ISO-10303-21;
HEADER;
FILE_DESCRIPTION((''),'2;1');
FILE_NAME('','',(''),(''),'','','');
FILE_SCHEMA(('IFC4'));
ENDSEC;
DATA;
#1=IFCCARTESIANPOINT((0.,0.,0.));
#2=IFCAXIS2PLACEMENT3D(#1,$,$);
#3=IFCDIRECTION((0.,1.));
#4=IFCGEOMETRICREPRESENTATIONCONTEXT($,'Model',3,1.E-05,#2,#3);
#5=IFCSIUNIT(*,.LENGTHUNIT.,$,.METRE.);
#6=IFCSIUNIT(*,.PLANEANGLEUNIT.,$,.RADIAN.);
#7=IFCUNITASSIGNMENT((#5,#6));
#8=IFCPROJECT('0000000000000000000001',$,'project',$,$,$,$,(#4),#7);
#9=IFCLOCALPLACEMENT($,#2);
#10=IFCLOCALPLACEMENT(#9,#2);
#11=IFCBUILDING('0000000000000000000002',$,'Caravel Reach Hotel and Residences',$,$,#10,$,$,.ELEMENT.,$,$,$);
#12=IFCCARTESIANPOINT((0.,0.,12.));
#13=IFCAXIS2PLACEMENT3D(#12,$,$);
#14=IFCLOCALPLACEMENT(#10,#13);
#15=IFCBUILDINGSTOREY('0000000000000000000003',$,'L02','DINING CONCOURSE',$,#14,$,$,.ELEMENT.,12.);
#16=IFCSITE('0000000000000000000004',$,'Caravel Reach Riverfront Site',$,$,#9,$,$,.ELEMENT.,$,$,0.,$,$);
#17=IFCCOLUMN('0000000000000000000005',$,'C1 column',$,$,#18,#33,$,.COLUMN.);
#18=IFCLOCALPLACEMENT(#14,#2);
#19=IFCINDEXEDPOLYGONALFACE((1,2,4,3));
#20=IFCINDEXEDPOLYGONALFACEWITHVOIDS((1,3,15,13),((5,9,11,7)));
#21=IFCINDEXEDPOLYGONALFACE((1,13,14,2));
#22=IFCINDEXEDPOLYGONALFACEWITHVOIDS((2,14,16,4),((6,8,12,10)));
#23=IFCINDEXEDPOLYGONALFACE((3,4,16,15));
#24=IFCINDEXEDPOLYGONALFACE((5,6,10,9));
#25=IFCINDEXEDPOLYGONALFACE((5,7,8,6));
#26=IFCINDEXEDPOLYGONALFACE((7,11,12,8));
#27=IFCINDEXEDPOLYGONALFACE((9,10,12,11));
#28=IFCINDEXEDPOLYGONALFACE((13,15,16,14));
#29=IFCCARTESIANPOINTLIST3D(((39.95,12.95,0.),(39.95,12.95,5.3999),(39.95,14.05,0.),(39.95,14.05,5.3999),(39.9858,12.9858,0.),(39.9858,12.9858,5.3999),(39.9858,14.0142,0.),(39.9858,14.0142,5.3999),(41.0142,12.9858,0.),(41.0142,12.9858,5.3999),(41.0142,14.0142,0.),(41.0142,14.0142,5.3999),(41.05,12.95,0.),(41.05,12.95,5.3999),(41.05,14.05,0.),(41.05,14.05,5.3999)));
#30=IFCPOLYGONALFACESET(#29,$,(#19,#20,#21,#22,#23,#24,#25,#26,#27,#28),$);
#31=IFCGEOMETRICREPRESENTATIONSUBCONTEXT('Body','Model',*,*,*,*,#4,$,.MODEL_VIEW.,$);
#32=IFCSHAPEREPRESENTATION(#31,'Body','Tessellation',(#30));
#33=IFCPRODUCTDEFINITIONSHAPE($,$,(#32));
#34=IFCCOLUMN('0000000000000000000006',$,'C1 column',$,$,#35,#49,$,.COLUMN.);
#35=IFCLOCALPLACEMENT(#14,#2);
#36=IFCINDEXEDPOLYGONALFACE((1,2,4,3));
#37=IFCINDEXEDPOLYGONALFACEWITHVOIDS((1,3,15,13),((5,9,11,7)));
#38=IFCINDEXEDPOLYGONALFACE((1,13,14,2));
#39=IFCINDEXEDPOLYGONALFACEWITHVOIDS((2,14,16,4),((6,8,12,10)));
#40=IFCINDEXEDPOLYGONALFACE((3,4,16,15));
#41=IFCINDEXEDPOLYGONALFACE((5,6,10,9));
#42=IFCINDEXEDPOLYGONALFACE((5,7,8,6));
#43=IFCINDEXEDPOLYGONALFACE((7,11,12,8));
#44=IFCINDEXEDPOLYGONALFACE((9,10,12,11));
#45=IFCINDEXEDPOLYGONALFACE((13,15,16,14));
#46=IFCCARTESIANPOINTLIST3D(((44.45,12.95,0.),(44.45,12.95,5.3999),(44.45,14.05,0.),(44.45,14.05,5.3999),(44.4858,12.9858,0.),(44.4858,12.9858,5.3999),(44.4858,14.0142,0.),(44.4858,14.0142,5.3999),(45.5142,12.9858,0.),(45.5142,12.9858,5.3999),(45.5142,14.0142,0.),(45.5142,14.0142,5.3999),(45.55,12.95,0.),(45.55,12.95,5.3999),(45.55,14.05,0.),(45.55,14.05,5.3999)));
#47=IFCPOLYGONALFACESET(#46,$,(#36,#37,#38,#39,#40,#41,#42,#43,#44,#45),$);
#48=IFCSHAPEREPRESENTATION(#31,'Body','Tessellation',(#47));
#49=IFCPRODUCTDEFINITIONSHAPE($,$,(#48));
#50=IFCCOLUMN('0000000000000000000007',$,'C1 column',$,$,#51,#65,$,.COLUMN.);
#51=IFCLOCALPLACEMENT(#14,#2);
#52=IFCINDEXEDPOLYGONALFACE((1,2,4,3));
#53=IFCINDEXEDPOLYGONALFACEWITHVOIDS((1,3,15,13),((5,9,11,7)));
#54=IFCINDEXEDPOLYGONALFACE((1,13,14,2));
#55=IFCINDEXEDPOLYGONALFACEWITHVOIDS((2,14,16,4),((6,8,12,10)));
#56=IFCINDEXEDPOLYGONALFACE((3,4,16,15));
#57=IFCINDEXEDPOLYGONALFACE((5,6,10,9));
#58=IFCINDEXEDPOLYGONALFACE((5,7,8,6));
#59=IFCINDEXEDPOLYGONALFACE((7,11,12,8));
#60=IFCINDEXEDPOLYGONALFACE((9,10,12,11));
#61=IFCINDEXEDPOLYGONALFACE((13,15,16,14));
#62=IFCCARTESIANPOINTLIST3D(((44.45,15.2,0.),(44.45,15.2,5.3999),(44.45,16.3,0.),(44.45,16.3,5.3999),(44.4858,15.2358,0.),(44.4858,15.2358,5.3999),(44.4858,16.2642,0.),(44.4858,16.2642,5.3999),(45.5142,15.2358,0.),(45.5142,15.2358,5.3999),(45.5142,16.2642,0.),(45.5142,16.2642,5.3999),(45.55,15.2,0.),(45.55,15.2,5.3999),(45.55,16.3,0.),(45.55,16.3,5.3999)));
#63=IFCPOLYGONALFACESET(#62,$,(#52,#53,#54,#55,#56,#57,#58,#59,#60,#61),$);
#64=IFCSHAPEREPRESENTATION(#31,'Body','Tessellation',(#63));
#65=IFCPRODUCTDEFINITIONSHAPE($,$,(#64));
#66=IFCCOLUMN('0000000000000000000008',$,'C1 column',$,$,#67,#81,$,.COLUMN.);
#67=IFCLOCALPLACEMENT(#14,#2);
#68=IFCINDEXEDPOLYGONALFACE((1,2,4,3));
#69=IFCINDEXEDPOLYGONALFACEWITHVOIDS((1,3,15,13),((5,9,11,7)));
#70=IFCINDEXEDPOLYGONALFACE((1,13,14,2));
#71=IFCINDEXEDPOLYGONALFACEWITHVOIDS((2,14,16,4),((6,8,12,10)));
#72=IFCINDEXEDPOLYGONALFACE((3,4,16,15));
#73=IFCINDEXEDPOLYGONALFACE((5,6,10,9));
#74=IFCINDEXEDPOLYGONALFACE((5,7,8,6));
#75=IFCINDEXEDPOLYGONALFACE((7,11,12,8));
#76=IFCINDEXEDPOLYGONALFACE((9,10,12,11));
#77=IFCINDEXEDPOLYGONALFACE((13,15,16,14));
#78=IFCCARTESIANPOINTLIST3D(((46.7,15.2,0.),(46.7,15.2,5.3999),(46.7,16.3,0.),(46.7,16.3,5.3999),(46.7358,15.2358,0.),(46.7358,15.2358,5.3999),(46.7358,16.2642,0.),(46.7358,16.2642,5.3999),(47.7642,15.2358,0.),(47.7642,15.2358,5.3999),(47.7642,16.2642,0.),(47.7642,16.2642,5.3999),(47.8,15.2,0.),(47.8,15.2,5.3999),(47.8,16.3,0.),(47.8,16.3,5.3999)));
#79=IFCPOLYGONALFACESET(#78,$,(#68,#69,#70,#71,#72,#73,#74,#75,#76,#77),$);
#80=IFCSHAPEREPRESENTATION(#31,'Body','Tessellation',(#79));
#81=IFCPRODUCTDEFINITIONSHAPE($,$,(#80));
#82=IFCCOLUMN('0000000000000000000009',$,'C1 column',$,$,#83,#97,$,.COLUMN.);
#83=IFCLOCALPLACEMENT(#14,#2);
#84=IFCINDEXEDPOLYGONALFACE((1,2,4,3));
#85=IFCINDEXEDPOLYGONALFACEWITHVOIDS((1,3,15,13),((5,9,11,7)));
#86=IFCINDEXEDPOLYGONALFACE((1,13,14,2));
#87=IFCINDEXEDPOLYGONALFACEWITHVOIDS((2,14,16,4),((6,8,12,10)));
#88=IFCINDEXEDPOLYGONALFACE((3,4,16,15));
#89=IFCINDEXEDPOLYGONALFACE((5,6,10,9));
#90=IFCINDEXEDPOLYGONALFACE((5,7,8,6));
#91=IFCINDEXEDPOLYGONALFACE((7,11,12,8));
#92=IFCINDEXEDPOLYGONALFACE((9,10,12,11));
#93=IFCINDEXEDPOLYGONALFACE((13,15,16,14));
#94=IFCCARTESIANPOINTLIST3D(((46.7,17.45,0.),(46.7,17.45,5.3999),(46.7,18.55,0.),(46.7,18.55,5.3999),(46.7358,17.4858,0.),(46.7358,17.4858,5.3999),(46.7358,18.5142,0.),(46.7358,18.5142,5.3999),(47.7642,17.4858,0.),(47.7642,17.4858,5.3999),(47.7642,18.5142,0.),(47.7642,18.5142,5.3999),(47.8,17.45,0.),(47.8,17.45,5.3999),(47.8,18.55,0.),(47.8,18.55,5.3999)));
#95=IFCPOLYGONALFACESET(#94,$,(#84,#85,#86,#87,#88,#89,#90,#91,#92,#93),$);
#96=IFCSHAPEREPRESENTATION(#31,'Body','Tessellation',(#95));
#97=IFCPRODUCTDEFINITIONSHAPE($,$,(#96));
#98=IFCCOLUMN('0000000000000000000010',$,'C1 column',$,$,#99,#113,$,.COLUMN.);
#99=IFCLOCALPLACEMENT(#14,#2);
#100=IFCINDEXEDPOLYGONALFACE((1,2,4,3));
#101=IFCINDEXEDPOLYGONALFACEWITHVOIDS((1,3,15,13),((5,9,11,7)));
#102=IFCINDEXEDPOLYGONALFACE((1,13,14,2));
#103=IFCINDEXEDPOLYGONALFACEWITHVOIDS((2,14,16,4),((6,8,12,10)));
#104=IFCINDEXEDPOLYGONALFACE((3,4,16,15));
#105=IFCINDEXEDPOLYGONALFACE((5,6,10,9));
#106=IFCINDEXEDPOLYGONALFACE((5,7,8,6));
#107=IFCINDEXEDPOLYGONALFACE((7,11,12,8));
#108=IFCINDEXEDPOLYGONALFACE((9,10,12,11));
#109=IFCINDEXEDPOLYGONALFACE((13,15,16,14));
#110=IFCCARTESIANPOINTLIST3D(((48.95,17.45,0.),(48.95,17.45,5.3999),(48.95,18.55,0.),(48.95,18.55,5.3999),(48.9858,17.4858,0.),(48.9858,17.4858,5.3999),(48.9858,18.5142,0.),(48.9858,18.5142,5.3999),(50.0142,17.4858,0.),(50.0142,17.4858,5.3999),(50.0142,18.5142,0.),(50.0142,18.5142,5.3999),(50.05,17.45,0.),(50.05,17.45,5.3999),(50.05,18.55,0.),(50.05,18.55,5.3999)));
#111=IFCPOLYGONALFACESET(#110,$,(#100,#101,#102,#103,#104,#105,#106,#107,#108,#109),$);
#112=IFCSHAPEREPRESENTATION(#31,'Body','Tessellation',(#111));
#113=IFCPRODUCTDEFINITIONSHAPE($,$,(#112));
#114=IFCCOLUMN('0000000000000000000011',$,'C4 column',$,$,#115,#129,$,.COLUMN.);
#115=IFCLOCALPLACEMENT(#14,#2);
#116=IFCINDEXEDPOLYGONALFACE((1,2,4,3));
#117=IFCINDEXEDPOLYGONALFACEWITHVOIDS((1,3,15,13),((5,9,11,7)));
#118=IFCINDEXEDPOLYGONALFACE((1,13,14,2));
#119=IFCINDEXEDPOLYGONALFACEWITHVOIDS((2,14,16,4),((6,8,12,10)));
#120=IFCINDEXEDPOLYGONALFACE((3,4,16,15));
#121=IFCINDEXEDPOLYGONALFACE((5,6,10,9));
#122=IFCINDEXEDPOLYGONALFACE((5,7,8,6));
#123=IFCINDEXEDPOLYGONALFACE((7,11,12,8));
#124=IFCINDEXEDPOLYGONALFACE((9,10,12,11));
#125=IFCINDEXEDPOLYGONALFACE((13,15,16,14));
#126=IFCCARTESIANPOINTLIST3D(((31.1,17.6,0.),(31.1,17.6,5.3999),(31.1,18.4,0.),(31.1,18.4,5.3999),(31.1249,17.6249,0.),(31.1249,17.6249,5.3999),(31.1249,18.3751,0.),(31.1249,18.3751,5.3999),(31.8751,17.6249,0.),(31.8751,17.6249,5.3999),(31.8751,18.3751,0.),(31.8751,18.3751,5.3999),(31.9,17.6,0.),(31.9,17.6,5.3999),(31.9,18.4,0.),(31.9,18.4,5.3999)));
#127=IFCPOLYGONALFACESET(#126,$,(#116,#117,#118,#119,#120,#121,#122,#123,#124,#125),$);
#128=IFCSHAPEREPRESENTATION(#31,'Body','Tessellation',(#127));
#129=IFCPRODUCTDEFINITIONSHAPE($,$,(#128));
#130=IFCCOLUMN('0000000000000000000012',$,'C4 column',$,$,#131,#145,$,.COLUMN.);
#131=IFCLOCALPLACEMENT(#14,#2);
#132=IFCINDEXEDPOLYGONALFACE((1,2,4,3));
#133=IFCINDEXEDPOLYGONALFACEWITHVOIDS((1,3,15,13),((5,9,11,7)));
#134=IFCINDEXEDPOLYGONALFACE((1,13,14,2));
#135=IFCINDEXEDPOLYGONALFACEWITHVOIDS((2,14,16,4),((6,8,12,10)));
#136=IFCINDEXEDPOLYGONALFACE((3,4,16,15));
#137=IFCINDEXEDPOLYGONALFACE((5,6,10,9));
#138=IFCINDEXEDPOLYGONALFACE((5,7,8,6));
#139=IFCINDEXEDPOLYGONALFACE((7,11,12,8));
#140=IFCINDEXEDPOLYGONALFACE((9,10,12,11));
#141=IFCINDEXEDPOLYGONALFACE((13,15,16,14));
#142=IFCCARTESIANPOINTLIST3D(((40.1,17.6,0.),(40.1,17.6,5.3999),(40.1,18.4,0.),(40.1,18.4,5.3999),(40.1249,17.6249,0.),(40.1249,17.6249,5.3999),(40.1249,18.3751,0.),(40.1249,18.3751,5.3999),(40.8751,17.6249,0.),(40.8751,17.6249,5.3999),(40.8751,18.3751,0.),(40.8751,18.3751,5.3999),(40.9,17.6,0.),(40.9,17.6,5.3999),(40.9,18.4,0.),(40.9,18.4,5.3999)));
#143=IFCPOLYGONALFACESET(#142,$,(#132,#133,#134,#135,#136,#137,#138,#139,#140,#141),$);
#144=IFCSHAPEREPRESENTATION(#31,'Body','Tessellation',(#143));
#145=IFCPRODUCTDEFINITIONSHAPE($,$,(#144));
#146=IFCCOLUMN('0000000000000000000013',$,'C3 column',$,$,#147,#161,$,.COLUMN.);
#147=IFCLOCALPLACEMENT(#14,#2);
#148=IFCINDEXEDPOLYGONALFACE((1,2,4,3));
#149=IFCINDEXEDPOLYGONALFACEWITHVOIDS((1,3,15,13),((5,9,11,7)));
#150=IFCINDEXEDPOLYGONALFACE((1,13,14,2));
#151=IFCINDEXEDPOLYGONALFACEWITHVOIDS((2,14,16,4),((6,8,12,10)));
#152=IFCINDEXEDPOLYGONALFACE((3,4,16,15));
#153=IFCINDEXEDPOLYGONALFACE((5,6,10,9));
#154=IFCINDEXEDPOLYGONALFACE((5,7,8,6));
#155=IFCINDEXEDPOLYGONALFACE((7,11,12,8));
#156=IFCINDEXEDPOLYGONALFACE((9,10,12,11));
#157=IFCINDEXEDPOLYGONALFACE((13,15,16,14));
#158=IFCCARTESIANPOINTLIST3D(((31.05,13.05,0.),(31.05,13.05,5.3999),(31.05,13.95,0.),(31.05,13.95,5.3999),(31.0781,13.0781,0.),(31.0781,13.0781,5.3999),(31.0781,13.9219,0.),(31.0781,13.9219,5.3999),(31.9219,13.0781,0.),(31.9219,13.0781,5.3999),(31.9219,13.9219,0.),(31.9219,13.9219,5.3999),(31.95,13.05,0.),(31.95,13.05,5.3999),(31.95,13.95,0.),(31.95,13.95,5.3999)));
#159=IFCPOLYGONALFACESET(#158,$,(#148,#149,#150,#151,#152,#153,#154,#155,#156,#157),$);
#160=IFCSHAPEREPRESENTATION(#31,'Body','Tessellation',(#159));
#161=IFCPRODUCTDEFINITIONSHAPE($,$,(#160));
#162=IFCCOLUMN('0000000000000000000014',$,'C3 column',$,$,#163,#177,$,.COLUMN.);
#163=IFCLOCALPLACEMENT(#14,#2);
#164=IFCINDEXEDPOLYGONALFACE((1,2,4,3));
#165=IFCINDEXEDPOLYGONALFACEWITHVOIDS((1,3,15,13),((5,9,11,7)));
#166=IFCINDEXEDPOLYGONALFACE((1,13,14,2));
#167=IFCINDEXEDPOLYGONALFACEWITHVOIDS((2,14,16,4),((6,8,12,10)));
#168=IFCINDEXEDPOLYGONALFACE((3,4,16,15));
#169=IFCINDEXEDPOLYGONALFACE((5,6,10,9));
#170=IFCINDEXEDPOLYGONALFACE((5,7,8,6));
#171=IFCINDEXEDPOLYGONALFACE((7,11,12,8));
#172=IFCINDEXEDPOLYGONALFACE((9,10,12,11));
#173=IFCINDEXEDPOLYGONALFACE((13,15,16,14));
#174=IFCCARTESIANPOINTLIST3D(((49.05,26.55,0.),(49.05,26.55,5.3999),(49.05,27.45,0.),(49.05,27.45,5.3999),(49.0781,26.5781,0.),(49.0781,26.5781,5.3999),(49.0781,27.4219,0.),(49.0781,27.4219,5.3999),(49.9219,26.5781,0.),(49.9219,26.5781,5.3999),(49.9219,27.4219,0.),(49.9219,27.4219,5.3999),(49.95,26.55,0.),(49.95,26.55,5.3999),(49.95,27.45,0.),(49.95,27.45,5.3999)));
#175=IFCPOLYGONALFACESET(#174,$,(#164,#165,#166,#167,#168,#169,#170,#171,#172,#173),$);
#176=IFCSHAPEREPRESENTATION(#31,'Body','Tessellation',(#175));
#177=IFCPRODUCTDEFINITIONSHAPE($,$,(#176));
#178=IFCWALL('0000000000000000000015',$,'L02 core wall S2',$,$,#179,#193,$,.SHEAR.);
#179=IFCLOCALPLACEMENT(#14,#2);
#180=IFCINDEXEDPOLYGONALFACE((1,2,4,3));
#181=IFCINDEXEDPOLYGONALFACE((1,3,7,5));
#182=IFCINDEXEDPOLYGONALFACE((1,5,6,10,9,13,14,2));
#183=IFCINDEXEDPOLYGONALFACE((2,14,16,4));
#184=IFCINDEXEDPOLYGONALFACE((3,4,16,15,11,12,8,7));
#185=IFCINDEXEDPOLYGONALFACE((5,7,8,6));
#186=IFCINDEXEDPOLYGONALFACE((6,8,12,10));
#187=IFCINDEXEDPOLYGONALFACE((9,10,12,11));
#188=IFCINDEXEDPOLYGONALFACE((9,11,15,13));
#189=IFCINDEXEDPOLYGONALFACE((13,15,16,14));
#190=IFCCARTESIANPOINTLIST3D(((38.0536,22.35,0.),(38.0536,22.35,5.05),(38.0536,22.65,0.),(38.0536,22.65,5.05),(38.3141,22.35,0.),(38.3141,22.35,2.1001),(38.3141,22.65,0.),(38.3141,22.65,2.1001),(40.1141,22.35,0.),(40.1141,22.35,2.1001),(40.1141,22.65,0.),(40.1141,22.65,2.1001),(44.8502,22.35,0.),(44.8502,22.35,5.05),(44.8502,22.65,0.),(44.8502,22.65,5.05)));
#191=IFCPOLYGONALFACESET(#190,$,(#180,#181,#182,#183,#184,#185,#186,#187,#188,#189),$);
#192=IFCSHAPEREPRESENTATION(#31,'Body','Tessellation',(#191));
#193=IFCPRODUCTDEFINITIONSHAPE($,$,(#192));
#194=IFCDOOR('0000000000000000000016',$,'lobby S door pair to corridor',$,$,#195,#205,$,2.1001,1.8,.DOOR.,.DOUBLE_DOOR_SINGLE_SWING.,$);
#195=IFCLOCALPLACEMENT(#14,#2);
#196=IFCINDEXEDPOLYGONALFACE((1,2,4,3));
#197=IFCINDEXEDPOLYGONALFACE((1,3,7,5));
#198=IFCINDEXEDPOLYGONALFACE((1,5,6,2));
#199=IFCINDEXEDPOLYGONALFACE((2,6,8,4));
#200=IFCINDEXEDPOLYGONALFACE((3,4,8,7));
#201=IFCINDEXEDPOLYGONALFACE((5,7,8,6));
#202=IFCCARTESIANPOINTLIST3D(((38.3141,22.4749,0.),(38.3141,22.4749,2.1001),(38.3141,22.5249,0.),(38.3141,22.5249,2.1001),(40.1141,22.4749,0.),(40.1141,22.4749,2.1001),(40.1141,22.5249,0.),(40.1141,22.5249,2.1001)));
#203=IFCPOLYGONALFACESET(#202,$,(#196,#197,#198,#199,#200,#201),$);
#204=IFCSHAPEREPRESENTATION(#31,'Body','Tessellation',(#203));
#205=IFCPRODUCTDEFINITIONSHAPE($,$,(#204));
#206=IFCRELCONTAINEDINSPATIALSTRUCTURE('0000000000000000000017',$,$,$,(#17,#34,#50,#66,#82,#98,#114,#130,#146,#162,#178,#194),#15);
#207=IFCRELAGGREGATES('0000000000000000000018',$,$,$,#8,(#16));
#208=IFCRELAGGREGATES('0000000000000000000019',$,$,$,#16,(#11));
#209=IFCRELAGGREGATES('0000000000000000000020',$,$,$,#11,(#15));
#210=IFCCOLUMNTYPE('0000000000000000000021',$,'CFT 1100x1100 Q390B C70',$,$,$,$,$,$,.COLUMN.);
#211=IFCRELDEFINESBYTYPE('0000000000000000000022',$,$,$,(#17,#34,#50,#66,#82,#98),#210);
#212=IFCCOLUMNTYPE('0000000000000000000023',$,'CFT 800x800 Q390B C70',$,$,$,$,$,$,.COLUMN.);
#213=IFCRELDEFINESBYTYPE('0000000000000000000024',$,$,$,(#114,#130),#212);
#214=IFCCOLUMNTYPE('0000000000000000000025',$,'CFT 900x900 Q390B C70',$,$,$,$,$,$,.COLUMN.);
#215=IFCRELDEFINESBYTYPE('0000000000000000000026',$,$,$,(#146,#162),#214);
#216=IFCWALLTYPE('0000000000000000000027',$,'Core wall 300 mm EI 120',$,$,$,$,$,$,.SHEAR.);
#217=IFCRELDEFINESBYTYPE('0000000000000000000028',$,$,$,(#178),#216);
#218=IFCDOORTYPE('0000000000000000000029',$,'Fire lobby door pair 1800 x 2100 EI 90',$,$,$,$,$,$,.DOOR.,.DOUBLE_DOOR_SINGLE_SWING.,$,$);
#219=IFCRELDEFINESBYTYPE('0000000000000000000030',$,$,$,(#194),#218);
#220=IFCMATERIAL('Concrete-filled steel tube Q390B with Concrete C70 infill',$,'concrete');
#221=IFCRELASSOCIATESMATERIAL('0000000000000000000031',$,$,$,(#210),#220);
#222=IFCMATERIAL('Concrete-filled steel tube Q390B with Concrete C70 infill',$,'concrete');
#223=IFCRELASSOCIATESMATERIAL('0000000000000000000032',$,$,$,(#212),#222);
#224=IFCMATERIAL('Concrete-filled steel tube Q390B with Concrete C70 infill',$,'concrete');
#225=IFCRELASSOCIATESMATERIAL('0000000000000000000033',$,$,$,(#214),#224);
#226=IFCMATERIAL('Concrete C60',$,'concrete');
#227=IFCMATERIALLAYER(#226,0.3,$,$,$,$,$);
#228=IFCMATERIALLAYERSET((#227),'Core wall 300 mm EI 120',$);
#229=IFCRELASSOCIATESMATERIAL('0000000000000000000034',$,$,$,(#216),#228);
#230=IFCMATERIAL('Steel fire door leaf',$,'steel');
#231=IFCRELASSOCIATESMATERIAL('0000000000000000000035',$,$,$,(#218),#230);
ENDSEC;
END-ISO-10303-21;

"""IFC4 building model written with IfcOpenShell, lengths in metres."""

from ifc_helpers import new_model, si_unit, direction, frame, frame_2d, origin, origin_2d, place, context, subcontext, project, spatial, rectangle, hollow_rectangle, extrude, material, layer, layer_set, material_profile, profile_set, type_object, element, fill, save


model = new_model("IFC4")

# Units and contexts
model_context = context("Model", 3, precision=1e-05, world=origin(), true_north=direction((0.0, 1.0)))
body_context = subcontext(model_context, "Body", "Model", "MODEL_VIEW")
ifc_project = project(units=[si_unit("LENGTHUNIT", "METRE"), si_unit("PLANEANGLEUNIT", "RADIAN")], contexts=[model_context])

# Site, building, storey
site_placement = place(None, origin())
site = spatial("IfcSite", under=ifc_project, at=site_placement, Name="Caravel Reach Riverfront Site", CompositionType="ELEMENT", RefElevation=0.0)
building_placement = place(site_placement, origin())
building = spatial("IfcBuilding", under=site, at=building_placement, Name="Caravel Reach Hotel and Residences", CompositionType="ELEMENT")
storey_placement = place(building_placement, frame((0.0, 0.0, 12.0)))
storey = spatial("IfcBuildingStorey", under=building, at=storey_placement, Name="L02", Description="DINING CONCOURSE", CompositionType="ELEMENT", Elevation=12.0)

# Columns
ifc_material_1 = material(Name="Concrete-filled steel tube Q390B with Concrete C70 infill", Category="concrete")
ifc_material_profile_1 = material_profile(ifc_material_1, hollow_rectangle(XDim=1.1001, YDim=1.1001, WallThickness=0.0359, at=origin_2d()), Name="RHS 1100x1100x36")
ifc_profile_set_1 = profile_set([ifc_material_profile_1], Name="Concrete-filled steel tube Q390B with Concrete C70 infill")
column_type_1 = type_object("IfcColumnType", Name="CFT 1100x1100 Q390B C70", PredefinedType="COLUMN", material=ifc_profile_set_1)
for number, where, z_axis, x_axis, name in (
    (1, (40.5, 13.5, 0.0), (0.0, 0.0, 1.0), (1.0, 0.0, 0.0), "C1 column"),
    (2, (45.0, 13.5, 0.0), (0.0, 0.0, 1.0), (1.0, 0.0, 0.0), "C1 column"),
    (3, (45.0, 15.75, 0.0), (0.0, 0.0, 1.0), (1.0, 0.0, 0.0), "C1 column"),
    (4, (47.25, 15.75, 0.0), (0.0, 0.0, 1.0), (1.0, 0.0, 0.0), "C1 column"),
    (5, (47.25, 18.0, 0.0), (0.0, 0.0, 1.0), (1.0, 0.0, 0.0), "C1 column"),
    (6, (49.5, 18.0, 0.0), (0.0, 0.0, 1.0), (1.0, 0.0, 0.0), "C1 column"),
):
    element("IfcColumn", number, at=place(storey_placement, frame(where, z_axis=z_axis, x_axis=x_axis)), inside=storey, type_object=column_type_1, Name=name, PredefinedType="COLUMN", context=body_context, shape_type="SweptSolid", body=[
        extrude(hollow_rectangle(XDim=1.1001, YDim=1.1001, WallThickness=0.0359, at=origin_2d()), origin(), (0.0, 0.0, 1.0), 5.3999),
    ])
ifc_material_2 = material(Name="Concrete-filled steel tube Q390B with Concrete C70 infill", Category="concrete")
ifc_material_profile_2 = material_profile(ifc_material_2, hollow_rectangle(XDim=0.8, YDim=0.8, WallThickness=0.0249, at=origin_2d()), Name="RHS 800x800x25")
ifc_profile_set_2 = profile_set([ifc_material_profile_2], Name="Concrete-filled steel tube Q390B with Concrete C70 infill")
column_type_2 = type_object("IfcColumnType", Name="CFT 800x800 Q390B C70", PredefinedType="COLUMN", material=ifc_profile_set_2)
for number, where, z_axis, x_axis, name in (
    (7, (31.5, 18.0, 0.0), (0.0, 0.0, 1.0), (1.0, 0.0, 0.0), "C4 column"),
    (8, (40.5, 18.0, 0.0), (0.0, 0.0, 1.0), (1.0, 0.0, 0.0), "C4 column"),
):
    element("IfcColumn", number, at=place(storey_placement, frame(where, z_axis=z_axis, x_axis=x_axis)), inside=storey, type_object=column_type_2, Name=name, PredefinedType="COLUMN", context=body_context, shape_type="SweptSolid", body=[
        extrude(hollow_rectangle(XDim=0.8, YDim=0.8, WallThickness=0.0249, at=origin_2d()), origin(), (0.0, 0.0, 1.0), 5.3999),
    ])
ifc_material_3 = material(Name="Concrete-filled steel tube Q390B with Concrete C70 infill", Category="concrete")
ifc_material_profile_3 = material_profile(ifc_material_3, hollow_rectangle(XDim=0.8999, YDim=0.8999, WallThickness=0.0281, at=origin_2d()), Name="RHS 900x900x28")
ifc_profile_set_3 = profile_set([ifc_material_profile_3], Name="Concrete-filled steel tube Q390B with Concrete C70 infill")
column_type_3 = type_object("IfcColumnType", Name="CFT 900x900 Q390B C70", PredefinedType="COLUMN", material=ifc_profile_set_3)
for number, where, z_axis, x_axis, name in (
    (9, (31.5, 13.5, 0.0), (0.0, 0.0, 1.0), (1.0, 0.0, 0.0), "C3 column"),
    (10, (49.5, 27.0, 0.0), (0.0, 0.0, 1.0), (1.0, 0.0, 0.0), "C3 column"),
):
    element("IfcColumn", number, at=place(storey_placement, frame(where, z_axis=z_axis, x_axis=x_axis)), inside=storey, type_object=column_type_3, Name=name, PredefinedType="COLUMN", context=body_context, shape_type="SweptSolid", body=[
        extrude(hollow_rectangle(XDim=0.8999, YDim=0.8999, WallThickness=0.0281, at=origin_2d()), origin(), (0.0, 0.0, 1.0), 5.3999),
    ])

# Wall, opening, door
ifc_material_4 = material(Name="Concrete C60", Category="concrete")
ifc_layer_1 = layer(ifc_material_4, 0.3)
ifc_layer_set_1 = layer_set([ifc_layer_1], Name="Core wall 300 mm EI 120")
wall_type_1 = type_object("IfcWallType", Name="Core wall 300 mm EI 120", PredefinedType="SHEAR", material=ifc_layer_set_1)
wall_1_placement = place(storey_placement, frame((38.0535, 22.5, 0.0), z_axis=(0.0, 0.0, 1.0), x_axis=(1.0, 0.0, 0.0)))
wall_1 = element("IfcWall", 11, at=wall_1_placement, inside=storey, type_object=wall_type_1, Name="L02 core wall S2", PredefinedType="SHEAR", context=body_context, shape_type="SweptSolid", body=[
    extrude(rectangle(XDim=6.7966, YDim=0.3, at=frame_2d((3.3984, 0.0))), origin(), (0.0, 0.0, 1.0), 5.05),
])
opening_1_placement = place(wall_1_placement, frame((0.2607, 0.0, 0.0)))
opening_1 = element("IfcOpeningElement", 12, at=opening_1_placement, cuts=wall_1, PredefinedType="OPENING", context=body_context, shape_type="SweptSolid", body=[
    extrude(rectangle(XDim=1.8, YDim=2.1001, at=frame_2d((0.8999, 1.05))), frame((0.0, 0.1599, 0.0), z_axis=(0.0, -1.0, 0.0), x_axis=(1.0, 0.0, 0.0)), (0.0, 0.0, 1.0), 0.3201),
])
ifc_material_5 = material(Name="Steel fire door leaf", Category="steel")
door_type_1 = type_object("IfcDoorType", Name="Fire lobby door pair 1800 x 2100 EI 90", OperationType="DOUBLE_DOOR_SINGLE_SWING", PredefinedType="DOOR", material=ifc_material_5)
door_1_placement = place(opening_1_placement, origin())
door_1 = element("IfcDoor", 13, at=door_1_placement, inside=storey, type_object=door_type_1, Name="lobby S door pair to corridor", OperationType="DOUBLE_DOOR_SINGLE_SWING", OverallHeight=2.1001, OverallWidth=1.8, PredefinedType="DOOR", context=body_context, shape_type="SweptSolid", body=[
    extrude(rectangle(XDim=1.8, YDim=2.1001, at=frame_2d((0.8999, 1.05))), frame((0.0, 0.0249, 0.0), z_axis=(0.0, -1.0, 0.0), x_axis=(1.0, 0.0, 0.0)), (0.0, 0.0, 1.0), 0.05),
])
fill(opening_1, door_1)

save(model, "model.ifc")
